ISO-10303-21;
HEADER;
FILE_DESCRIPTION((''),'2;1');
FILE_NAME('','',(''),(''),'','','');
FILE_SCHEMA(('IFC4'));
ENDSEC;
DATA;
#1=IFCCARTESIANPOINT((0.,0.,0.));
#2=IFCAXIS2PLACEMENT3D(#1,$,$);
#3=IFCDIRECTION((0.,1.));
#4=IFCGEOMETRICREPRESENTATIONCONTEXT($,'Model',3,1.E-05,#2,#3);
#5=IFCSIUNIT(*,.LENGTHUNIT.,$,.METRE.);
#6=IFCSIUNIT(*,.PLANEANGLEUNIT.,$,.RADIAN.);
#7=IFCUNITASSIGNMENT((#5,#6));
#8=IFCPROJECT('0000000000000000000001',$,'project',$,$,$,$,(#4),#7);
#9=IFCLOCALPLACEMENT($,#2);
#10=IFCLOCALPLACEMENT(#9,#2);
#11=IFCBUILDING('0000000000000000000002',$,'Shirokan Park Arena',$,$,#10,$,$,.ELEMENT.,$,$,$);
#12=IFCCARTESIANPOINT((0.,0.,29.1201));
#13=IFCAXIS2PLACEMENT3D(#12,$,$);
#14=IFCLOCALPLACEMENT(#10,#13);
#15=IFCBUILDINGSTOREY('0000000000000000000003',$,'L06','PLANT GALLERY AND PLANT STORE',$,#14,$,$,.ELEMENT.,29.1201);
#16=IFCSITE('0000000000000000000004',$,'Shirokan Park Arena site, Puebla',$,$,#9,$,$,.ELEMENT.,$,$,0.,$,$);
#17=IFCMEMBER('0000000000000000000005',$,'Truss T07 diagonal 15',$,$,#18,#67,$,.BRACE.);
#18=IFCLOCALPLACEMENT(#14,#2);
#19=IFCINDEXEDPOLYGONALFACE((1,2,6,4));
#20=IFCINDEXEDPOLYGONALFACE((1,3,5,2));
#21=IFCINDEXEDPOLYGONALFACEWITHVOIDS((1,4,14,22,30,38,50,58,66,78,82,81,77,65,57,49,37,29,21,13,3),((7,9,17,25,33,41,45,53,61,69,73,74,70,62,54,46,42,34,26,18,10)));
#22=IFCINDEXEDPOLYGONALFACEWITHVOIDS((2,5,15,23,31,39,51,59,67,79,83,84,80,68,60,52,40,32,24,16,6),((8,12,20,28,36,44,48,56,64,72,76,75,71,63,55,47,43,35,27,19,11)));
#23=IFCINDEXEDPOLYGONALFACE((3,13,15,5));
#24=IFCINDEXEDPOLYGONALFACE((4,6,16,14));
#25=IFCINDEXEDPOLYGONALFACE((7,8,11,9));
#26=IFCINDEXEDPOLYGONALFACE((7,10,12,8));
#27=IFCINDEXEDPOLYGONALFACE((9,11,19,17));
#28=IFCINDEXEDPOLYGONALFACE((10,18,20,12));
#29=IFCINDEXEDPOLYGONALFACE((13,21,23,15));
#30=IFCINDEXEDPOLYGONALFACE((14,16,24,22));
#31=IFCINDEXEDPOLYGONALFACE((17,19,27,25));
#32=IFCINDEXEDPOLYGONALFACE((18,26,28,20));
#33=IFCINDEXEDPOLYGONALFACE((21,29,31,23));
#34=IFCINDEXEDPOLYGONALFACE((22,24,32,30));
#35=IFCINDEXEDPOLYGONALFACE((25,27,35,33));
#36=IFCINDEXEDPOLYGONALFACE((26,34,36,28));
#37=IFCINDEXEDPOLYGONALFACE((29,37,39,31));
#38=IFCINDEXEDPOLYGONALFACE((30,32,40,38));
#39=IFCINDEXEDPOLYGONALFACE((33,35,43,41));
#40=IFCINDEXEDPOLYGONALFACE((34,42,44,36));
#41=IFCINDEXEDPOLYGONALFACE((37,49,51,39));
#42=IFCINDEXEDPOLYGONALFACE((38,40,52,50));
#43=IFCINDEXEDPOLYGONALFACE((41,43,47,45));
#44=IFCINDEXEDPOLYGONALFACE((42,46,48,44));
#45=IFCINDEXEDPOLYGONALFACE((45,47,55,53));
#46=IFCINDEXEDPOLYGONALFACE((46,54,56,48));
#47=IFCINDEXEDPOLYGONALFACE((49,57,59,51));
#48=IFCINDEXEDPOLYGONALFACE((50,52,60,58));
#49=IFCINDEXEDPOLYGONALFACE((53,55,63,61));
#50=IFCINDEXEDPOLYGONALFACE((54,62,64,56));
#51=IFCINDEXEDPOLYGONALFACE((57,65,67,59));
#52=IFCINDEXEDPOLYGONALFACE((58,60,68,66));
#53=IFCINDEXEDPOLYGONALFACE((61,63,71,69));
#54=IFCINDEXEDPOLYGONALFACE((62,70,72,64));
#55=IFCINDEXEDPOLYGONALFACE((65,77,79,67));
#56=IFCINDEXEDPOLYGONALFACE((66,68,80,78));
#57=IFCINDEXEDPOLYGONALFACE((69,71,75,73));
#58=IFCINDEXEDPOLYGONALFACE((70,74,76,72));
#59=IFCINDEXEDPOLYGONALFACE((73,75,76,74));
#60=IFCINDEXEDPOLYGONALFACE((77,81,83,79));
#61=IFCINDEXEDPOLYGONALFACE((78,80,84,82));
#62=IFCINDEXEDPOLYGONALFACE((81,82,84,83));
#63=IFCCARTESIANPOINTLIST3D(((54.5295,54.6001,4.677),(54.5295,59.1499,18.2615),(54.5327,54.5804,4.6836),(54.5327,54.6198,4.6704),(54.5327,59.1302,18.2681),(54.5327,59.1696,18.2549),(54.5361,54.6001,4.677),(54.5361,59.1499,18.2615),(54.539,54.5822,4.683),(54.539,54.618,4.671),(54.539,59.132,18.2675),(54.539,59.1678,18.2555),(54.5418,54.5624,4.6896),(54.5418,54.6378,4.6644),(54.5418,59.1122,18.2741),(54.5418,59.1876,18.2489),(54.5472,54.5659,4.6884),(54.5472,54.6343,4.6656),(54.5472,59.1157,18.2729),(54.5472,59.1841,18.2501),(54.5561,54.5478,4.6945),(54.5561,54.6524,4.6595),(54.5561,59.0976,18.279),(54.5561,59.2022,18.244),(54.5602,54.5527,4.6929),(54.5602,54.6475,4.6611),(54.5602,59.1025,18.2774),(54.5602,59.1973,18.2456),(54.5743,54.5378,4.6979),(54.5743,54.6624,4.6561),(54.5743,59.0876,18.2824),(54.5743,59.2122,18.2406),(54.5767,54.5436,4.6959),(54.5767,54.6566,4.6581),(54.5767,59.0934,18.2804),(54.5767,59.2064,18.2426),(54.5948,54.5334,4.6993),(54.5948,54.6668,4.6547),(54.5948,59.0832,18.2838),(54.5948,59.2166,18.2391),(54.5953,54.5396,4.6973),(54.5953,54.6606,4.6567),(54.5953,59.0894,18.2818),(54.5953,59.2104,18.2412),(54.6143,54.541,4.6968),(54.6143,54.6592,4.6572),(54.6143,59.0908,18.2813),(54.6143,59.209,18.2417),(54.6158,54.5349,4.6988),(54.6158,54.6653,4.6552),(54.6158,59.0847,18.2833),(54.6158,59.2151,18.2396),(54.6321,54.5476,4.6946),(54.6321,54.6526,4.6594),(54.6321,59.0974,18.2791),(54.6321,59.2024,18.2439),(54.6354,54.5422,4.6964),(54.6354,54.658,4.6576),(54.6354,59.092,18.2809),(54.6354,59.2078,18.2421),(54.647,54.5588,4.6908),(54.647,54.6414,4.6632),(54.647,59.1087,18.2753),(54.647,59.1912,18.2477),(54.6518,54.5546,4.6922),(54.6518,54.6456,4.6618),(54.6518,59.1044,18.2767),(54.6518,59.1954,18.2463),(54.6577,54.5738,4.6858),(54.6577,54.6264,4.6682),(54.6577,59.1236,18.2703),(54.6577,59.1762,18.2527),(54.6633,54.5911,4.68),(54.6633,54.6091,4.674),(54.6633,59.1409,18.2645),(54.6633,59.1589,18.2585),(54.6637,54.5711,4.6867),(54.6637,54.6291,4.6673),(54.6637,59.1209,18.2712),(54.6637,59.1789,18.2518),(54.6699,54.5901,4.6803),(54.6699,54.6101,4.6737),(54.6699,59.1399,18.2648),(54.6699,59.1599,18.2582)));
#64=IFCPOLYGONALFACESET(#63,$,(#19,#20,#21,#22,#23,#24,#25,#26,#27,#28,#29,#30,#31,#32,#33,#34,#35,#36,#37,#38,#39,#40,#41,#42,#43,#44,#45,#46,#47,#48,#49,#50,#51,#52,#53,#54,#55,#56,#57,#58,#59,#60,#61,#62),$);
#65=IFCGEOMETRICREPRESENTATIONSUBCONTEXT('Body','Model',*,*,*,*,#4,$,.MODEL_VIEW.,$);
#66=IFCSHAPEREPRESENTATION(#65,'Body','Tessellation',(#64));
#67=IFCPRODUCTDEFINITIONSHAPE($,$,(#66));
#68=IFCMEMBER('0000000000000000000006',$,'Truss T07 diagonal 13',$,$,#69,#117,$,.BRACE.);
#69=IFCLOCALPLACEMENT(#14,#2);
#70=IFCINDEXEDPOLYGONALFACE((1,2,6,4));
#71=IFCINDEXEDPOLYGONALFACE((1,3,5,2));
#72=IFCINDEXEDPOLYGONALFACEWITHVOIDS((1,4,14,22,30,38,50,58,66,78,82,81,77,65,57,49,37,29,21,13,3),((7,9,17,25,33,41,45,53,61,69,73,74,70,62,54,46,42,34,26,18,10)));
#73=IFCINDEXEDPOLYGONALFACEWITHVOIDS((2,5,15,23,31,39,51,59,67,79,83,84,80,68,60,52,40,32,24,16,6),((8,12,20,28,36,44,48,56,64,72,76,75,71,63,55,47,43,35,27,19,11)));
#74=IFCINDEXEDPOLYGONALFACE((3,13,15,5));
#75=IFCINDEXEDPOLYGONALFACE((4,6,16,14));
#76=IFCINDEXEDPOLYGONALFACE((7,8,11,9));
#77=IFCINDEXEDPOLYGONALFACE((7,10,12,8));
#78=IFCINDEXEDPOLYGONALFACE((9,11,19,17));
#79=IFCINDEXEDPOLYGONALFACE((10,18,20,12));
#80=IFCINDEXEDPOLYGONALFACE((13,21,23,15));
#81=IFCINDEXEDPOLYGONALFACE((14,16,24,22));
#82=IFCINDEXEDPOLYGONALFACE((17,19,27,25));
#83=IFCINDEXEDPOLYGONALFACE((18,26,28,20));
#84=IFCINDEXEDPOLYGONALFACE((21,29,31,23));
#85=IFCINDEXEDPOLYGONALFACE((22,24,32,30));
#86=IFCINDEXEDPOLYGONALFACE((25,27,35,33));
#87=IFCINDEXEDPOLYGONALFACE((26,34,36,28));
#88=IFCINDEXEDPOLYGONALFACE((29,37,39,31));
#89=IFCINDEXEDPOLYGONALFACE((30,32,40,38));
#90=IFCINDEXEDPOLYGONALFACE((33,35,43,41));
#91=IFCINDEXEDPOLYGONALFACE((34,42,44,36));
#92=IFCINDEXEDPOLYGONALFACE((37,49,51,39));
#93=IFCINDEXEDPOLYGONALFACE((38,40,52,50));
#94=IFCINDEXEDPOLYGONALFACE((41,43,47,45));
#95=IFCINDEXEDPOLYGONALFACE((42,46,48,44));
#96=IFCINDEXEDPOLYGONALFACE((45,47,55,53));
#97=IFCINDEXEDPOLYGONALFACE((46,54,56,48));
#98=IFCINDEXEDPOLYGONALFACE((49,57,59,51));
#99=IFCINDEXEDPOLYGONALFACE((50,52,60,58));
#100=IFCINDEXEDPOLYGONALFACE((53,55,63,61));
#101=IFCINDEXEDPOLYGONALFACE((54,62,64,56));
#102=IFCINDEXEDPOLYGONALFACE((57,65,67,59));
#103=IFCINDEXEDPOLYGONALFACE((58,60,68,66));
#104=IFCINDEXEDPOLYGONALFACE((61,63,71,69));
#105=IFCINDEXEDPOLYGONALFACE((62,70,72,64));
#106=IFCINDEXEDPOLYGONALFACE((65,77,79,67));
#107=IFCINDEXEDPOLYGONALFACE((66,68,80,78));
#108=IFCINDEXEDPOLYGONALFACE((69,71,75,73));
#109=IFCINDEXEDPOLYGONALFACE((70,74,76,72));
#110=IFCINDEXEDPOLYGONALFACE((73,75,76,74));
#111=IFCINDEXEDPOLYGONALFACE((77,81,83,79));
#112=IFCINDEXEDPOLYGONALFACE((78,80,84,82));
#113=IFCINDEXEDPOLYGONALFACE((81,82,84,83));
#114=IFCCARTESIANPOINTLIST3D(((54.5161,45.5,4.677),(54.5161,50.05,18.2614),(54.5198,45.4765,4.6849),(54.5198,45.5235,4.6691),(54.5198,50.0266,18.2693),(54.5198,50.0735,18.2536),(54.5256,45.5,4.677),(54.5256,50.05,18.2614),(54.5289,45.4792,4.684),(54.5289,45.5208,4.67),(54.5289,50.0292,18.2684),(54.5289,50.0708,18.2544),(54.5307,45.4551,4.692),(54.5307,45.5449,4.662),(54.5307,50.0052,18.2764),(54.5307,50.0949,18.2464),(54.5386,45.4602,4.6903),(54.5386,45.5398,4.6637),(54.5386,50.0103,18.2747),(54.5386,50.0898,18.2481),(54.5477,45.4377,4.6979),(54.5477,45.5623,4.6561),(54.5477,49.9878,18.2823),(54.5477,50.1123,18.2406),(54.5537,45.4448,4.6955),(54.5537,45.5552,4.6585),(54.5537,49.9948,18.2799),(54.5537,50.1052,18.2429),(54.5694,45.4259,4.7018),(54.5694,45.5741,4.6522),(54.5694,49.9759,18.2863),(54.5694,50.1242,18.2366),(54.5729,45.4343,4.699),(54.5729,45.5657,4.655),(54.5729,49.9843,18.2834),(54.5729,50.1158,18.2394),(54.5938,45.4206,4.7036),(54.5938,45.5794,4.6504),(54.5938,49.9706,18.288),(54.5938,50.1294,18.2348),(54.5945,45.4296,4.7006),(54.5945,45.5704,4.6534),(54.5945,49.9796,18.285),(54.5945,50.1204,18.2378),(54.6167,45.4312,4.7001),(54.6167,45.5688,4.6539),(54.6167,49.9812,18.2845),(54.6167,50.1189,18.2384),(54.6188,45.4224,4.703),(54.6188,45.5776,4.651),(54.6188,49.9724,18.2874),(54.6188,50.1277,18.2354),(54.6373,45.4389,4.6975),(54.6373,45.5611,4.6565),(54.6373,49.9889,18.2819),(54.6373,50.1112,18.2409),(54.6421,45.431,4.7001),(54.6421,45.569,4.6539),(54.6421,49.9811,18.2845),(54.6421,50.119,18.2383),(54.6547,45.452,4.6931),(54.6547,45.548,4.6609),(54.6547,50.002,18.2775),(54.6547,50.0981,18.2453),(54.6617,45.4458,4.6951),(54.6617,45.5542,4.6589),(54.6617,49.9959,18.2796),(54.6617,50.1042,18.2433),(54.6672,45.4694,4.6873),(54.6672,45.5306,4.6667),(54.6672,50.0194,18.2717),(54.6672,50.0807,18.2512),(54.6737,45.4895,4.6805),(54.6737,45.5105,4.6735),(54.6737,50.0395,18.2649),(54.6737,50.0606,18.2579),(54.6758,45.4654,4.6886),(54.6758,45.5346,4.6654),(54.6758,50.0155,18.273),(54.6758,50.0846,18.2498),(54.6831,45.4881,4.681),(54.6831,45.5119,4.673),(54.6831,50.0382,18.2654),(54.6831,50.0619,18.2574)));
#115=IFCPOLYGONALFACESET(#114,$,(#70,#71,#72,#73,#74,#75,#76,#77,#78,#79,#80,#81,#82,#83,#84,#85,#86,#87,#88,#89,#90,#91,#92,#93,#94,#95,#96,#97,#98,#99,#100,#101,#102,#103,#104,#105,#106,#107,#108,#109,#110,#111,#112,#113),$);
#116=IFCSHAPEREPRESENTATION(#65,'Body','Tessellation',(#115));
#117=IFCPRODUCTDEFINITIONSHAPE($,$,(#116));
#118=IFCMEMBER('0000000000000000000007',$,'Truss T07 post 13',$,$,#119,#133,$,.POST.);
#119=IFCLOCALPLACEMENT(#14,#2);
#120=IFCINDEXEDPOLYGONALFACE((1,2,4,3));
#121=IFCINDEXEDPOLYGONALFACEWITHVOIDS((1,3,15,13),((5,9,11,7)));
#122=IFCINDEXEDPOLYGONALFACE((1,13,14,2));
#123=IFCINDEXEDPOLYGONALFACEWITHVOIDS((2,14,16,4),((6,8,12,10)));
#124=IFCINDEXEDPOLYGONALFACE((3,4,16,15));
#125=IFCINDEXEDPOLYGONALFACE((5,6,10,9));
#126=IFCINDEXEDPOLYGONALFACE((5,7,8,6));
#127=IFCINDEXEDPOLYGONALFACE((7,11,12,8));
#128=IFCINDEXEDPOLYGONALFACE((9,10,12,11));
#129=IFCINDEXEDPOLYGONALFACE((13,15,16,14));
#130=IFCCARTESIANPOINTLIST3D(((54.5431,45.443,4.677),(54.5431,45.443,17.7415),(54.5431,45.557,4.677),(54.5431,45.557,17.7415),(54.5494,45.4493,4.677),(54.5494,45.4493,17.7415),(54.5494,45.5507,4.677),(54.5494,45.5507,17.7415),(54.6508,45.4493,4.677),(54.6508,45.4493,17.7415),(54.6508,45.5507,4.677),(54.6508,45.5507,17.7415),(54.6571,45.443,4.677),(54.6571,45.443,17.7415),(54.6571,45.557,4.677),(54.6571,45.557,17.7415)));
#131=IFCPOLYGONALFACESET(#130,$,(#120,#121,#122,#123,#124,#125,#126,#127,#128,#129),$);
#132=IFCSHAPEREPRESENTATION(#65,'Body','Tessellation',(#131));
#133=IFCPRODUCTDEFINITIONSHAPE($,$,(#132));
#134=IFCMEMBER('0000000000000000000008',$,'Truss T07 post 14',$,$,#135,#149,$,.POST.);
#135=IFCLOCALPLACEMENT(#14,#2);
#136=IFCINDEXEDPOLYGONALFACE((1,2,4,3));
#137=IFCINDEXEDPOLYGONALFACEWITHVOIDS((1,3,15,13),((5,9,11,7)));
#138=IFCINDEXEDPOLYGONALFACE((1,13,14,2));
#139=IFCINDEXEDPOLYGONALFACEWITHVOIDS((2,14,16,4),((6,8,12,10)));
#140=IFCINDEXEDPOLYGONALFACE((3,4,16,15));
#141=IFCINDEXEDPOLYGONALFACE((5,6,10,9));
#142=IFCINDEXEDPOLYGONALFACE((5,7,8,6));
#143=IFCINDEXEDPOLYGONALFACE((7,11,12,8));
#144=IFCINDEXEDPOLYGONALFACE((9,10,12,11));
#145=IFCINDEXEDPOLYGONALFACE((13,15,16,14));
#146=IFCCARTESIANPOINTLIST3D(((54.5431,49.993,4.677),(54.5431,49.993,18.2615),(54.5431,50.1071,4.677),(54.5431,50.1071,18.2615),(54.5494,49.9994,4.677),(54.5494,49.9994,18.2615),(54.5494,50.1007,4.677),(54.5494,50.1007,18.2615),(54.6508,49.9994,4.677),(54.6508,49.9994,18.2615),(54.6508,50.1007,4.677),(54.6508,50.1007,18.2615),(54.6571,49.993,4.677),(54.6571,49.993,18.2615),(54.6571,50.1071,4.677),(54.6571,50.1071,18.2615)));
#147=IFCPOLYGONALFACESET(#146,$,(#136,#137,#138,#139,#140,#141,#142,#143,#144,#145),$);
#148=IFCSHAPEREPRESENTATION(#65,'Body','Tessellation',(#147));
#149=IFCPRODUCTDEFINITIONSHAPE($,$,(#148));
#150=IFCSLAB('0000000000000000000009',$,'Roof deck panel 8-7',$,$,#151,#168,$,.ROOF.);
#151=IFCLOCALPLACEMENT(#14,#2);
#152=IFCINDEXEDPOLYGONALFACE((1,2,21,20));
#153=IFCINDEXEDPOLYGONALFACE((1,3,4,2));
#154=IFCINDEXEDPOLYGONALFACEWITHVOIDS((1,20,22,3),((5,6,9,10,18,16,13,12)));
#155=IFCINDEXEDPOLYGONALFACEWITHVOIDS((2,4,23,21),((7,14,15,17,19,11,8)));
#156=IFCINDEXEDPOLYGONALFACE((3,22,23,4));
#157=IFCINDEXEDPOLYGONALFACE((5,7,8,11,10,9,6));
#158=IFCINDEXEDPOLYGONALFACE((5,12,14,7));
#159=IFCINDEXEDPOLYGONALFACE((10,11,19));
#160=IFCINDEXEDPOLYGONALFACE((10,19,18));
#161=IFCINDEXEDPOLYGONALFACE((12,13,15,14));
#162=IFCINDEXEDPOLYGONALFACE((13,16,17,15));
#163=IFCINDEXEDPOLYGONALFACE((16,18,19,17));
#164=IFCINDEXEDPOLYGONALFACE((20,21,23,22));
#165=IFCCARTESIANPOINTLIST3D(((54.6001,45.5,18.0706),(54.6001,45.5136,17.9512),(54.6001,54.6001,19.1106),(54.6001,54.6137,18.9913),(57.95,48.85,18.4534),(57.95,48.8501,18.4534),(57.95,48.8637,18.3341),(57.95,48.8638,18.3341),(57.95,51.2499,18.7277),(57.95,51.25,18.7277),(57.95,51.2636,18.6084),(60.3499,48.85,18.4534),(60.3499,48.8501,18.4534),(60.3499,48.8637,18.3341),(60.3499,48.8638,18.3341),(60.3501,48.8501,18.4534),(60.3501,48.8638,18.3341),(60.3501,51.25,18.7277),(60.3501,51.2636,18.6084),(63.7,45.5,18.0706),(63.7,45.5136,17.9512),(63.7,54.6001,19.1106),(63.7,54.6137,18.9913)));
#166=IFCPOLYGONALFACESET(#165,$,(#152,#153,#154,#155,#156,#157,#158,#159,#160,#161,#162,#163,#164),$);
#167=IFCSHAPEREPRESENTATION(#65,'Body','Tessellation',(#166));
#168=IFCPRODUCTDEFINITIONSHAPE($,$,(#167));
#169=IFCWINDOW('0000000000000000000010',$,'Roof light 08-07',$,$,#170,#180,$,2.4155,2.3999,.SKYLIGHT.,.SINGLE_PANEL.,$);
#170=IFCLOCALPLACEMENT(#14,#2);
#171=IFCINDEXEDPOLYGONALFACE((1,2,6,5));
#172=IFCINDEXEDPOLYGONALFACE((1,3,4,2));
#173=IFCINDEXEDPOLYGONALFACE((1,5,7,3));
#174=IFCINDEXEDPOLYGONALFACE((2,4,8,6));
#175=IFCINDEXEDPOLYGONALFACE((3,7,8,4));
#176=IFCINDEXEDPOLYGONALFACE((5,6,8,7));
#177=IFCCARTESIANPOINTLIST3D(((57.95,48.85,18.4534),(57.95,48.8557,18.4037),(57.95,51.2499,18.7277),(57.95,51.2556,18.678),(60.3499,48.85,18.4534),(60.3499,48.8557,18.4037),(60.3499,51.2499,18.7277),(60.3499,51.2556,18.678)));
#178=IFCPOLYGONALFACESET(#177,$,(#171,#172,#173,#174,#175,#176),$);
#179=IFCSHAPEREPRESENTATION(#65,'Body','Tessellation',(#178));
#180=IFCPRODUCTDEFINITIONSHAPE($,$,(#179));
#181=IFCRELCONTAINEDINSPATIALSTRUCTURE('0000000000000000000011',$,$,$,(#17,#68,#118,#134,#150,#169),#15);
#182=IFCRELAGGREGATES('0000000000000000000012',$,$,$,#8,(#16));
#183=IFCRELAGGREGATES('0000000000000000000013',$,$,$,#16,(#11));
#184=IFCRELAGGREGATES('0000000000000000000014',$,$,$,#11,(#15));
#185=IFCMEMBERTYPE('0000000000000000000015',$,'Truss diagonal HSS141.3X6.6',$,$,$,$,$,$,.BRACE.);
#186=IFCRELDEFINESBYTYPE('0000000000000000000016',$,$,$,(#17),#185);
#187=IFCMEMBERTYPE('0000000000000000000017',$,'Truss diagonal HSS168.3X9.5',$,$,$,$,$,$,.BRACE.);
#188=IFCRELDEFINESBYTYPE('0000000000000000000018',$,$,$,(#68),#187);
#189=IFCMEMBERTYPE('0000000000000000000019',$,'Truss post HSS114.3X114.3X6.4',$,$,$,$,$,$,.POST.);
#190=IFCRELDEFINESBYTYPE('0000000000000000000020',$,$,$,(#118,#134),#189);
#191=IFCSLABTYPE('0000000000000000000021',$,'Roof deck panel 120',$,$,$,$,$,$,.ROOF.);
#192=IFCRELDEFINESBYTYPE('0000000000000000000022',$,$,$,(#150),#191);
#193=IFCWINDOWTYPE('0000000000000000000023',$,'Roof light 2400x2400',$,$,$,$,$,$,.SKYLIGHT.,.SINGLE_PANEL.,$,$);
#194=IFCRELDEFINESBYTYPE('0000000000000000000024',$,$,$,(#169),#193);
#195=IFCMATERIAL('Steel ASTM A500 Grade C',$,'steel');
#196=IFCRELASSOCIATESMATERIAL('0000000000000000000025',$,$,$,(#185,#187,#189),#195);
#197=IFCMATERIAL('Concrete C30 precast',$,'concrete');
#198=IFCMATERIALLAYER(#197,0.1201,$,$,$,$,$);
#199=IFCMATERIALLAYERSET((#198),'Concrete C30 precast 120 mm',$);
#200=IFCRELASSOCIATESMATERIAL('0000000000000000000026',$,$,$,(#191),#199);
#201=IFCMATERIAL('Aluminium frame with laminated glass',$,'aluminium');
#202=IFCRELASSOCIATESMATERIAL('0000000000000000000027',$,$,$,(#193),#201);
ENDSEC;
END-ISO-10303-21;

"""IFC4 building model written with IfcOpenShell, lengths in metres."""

from ifc_helpers import new_model, si_unit, direction, frame, origin, origin_2d, place, context, subcontext, project, spatial, polyline, rectangle, hollow_rectangle, hollow_circle, outline, extrude, material, layer, layer_set, material_profile, profile_set, type_object, element, fill, save


model = new_model("IFC4")

# Units and contexts
model_context = context("Model", 3, precision=1e-05, world=origin(), true_north=direction((0.0, 1.0)))
body_context = subcontext(model_context, "Body", "Model", "MODEL_VIEW")
ifc_project = project(units=[si_unit("LENGTHUNIT", "METRE"), si_unit("PLANEANGLEUNIT", "RADIAN")], contexts=[model_context])

# Site, building, storey
site_placement = place(None, origin())
site = spatial("IfcSite", under=ifc_project, at=site_placement, Name="Shirokan Park Arena site, Puebla", CompositionType="ELEMENT", RefElevation=0.0)
building_placement = place(site_placement, origin())
building = spatial("IfcBuilding", under=site, at=building_placement, Name="Shirokan Park Arena", CompositionType="ELEMENT")
storey_placement = place(building_placement, frame((0.0, 0.0, 29.1201)))
storey = spatial("IfcBuildingStorey", under=building, at=storey_placement, Name="L06", Description="PLANT GALLERY AND PLANT STORE", CompositionType="ELEMENT", Elevation=29.1201)

# Members
ifc_material_1 = material(Name="Steel ASTM A500 Grade C", Category="steel")
ifc_material_profile_1 = material_profile(ifc_material_1, hollow_circle(Radius=0.0706, WallThickness=0.0066, at=origin_2d()), Name="HSS141.3X6.6")
ifc_profile_set_1 = profile_set([ifc_material_profile_1], Name="Steel ASTM A500 Grade C")
member_type_1 = type_object("IfcMemberType", Name="Truss diagonal HSS141.3X6.6", PredefinedType="BRACE", material=ifc_profile_set_1)
for number, where, z_axis, x_axis, name in (
    (1, (54.6001, 54.6001, 4.677), (0.0, 0.317587, 0.948229), (-1.0, 0.0, 0.0), "Truss T07 diagonal 15"),
):
    element("IfcMember", number, at=place(storey_placement, frame(where, z_axis=z_axis, x_axis=x_axis)), inside=storey, type_object=member_type_1, Name=name, PredefinedType="BRACE", context=body_context, shape_type="SweptSolid", body=[
        extrude(hollow_circle(Radius=0.0706, WallThickness=0.0066, at=origin_2d()), origin(), (0.0, 0.0, 1.0), 14.3262),
    ])
ifc_material_profile_2 = material_profile(ifc_material_1, hollow_circle(Radius=0.084, WallThickness=0.0095, at=origin_2d()), Name="HSS168.3X9.5")
ifc_profile_set_2 = profile_set([ifc_material_profile_2], Name="Steel ASTM A500 Grade C")
member_type_2 = type_object("IfcMemberType", Name="Truss diagonal HSS168.3X9.5", PredefinedType="BRACE", material=ifc_profile_set_2)
member_1_placement = place(storey_placement, frame((54.6001, 45.5, 4.677), z_axis=(0.0, 0.317603, 0.948224), x_axis=(-1.0, 0.0, 0.0)))
element("IfcMember", 2, at=member_1_placement, inside=storey, type_object=member_type_2, Name="Truss T07 diagonal 13", PredefinedType="BRACE", context=body_context, shape_type="SweptSolid", body=[
    extrude(hollow_circle(Radius=0.084, WallThickness=0.0095, at=origin_2d()), origin(), (0.0, 0.0, 1.0), 14.3262),
])
ifc_material_profile_3 = material_profile(ifc_material_1, hollow_rectangle(XDim=0.114, YDim=0.114, WallThickness=0.0063, at=origin_2d()), Name="HSS114.3X114.3X6.4")
ifc_profile_set_3 = profile_set([ifc_material_profile_3], Name="Steel ASTM A500 Grade C")
member_type_3 = type_object("IfcMemberType", Name="Truss post HSS114.3X114.3X6.4", PredefinedType="POST", material=ifc_profile_set_3)
member_2_placement = place(storey_placement, frame((54.6001, 45.5, 4.677), z_axis=(0.0, 0.0, 1.0), x_axis=(1.0, 0.0, 0.0)))
element("IfcMember", 3, at=member_2_placement, inside=storey, type_object=member_type_3, Name="Truss T07 post 13", PredefinedType="POST", context=body_context, shape_type="SweptSolid", body=[
    extrude(hollow_rectangle(XDim=0.114, YDim=0.114, WallThickness=0.0063, at=origin_2d()), origin(), (0.0, 0.0, 1.0), 13.0645),
])
member_3_placement = place(storey_placement, frame((54.6001, 50.05, 4.677), z_axis=(0.0, 0.0, 1.0), x_axis=(1.0, 0.0, 0.0)))
element("IfcMember", 4, at=member_3_placement, inside=storey, type_object=member_type_3, Name="Truss T07 post 14", PredefinedType="POST", context=body_context, shape_type="SweptSolid", body=[
    extrude(hollow_rectangle(XDim=0.114, YDim=0.114, WallThickness=0.0063, at=origin_2d()), origin(), (0.0, 0.0, 1.0), 13.5845),
])

# Slab, opening, window
ifc_material_2 = material(Name="Concrete C30 precast", Category="concrete")
ifc_layer_1 = layer(ifc_material_2, 0.1201)
ifc_layer_set_1 = layer_set([ifc_layer_1], Name="Concrete C30 precast 120 mm")
slab_type = type_object("IfcSlabType", Name="Roof deck panel 120", PredefinedType="ROOF", material=ifc_layer_set_1)
slab_placement = place(storey_placement, frame((54.6001, 45.5, 18.0706), z_axis=(0.0, -0.11355, 0.993532), x_axis=(1.0, 0.0, 0.0)))
slab = element("IfcSlab", 5, at=slab_placement, inside=storey, type_object=slab_type, Name="Roof deck panel 8-7", PredefinedType="ROOF", context=body_context, shape_type="SweptSolid", body=[
    extrude(outline(polyline([(0.0, 0.0), (9.0999, 0.0), (9.0999, 9.1593), (0.0, 9.1593), (0.0, 0.0)]), holes=[polyline([(3.3499, 3.3719), (5.75, 3.3719), (5.75, 5.7874), (3.3499, 5.7874), (3.3499, 3.3719)])]), origin(), (0.0, 0.0, -1.0), 0.1201),
])
opening_placement = place(slab_placement, frame((4.5498, 4.5796, 0.01)))
opening = element("IfcOpeningElement", 6, at=opening_placement, cuts=slab, PredefinedType="OPENING", context=body_context, shape_type="SweptSolid", body=[
    extrude(rectangle(XDim=2.3999, YDim=2.4155, at=origin_2d()), origin(), (0.0, 0.0, -1.0), 0.1399),
])
ifc_material_3 = material(Name="Aluminium frame with laminated glass", Category="aluminium")
window_type = type_object("IfcWindowType", Name="Roof light 2400x2400", PartitioningType="SINGLE_PANEL", PredefinedType="SKYLIGHT", material=ifc_material_3)
window_placement = place(opening_placement, frame((0.0, 0.0, -0.0601)))
window = element("IfcWindow", 7, at=window_placement, inside=storey, type_object=window_type, Name="Roof light 08-07", OverallHeight=2.4155, OverallWidth=2.3999, PartitioningType="SINGLE_PANEL", PredefinedType="SKYLIGHT", context=body_context, shape_type="SweptSolid", body=[
    extrude(rectangle(XDim=2.3999, YDim=2.4155, at=origin_2d()), origin(), (0.0, 0.0, 1.0), 0.05),
])
fill(opening, window)

save(model, "model.ifc")
